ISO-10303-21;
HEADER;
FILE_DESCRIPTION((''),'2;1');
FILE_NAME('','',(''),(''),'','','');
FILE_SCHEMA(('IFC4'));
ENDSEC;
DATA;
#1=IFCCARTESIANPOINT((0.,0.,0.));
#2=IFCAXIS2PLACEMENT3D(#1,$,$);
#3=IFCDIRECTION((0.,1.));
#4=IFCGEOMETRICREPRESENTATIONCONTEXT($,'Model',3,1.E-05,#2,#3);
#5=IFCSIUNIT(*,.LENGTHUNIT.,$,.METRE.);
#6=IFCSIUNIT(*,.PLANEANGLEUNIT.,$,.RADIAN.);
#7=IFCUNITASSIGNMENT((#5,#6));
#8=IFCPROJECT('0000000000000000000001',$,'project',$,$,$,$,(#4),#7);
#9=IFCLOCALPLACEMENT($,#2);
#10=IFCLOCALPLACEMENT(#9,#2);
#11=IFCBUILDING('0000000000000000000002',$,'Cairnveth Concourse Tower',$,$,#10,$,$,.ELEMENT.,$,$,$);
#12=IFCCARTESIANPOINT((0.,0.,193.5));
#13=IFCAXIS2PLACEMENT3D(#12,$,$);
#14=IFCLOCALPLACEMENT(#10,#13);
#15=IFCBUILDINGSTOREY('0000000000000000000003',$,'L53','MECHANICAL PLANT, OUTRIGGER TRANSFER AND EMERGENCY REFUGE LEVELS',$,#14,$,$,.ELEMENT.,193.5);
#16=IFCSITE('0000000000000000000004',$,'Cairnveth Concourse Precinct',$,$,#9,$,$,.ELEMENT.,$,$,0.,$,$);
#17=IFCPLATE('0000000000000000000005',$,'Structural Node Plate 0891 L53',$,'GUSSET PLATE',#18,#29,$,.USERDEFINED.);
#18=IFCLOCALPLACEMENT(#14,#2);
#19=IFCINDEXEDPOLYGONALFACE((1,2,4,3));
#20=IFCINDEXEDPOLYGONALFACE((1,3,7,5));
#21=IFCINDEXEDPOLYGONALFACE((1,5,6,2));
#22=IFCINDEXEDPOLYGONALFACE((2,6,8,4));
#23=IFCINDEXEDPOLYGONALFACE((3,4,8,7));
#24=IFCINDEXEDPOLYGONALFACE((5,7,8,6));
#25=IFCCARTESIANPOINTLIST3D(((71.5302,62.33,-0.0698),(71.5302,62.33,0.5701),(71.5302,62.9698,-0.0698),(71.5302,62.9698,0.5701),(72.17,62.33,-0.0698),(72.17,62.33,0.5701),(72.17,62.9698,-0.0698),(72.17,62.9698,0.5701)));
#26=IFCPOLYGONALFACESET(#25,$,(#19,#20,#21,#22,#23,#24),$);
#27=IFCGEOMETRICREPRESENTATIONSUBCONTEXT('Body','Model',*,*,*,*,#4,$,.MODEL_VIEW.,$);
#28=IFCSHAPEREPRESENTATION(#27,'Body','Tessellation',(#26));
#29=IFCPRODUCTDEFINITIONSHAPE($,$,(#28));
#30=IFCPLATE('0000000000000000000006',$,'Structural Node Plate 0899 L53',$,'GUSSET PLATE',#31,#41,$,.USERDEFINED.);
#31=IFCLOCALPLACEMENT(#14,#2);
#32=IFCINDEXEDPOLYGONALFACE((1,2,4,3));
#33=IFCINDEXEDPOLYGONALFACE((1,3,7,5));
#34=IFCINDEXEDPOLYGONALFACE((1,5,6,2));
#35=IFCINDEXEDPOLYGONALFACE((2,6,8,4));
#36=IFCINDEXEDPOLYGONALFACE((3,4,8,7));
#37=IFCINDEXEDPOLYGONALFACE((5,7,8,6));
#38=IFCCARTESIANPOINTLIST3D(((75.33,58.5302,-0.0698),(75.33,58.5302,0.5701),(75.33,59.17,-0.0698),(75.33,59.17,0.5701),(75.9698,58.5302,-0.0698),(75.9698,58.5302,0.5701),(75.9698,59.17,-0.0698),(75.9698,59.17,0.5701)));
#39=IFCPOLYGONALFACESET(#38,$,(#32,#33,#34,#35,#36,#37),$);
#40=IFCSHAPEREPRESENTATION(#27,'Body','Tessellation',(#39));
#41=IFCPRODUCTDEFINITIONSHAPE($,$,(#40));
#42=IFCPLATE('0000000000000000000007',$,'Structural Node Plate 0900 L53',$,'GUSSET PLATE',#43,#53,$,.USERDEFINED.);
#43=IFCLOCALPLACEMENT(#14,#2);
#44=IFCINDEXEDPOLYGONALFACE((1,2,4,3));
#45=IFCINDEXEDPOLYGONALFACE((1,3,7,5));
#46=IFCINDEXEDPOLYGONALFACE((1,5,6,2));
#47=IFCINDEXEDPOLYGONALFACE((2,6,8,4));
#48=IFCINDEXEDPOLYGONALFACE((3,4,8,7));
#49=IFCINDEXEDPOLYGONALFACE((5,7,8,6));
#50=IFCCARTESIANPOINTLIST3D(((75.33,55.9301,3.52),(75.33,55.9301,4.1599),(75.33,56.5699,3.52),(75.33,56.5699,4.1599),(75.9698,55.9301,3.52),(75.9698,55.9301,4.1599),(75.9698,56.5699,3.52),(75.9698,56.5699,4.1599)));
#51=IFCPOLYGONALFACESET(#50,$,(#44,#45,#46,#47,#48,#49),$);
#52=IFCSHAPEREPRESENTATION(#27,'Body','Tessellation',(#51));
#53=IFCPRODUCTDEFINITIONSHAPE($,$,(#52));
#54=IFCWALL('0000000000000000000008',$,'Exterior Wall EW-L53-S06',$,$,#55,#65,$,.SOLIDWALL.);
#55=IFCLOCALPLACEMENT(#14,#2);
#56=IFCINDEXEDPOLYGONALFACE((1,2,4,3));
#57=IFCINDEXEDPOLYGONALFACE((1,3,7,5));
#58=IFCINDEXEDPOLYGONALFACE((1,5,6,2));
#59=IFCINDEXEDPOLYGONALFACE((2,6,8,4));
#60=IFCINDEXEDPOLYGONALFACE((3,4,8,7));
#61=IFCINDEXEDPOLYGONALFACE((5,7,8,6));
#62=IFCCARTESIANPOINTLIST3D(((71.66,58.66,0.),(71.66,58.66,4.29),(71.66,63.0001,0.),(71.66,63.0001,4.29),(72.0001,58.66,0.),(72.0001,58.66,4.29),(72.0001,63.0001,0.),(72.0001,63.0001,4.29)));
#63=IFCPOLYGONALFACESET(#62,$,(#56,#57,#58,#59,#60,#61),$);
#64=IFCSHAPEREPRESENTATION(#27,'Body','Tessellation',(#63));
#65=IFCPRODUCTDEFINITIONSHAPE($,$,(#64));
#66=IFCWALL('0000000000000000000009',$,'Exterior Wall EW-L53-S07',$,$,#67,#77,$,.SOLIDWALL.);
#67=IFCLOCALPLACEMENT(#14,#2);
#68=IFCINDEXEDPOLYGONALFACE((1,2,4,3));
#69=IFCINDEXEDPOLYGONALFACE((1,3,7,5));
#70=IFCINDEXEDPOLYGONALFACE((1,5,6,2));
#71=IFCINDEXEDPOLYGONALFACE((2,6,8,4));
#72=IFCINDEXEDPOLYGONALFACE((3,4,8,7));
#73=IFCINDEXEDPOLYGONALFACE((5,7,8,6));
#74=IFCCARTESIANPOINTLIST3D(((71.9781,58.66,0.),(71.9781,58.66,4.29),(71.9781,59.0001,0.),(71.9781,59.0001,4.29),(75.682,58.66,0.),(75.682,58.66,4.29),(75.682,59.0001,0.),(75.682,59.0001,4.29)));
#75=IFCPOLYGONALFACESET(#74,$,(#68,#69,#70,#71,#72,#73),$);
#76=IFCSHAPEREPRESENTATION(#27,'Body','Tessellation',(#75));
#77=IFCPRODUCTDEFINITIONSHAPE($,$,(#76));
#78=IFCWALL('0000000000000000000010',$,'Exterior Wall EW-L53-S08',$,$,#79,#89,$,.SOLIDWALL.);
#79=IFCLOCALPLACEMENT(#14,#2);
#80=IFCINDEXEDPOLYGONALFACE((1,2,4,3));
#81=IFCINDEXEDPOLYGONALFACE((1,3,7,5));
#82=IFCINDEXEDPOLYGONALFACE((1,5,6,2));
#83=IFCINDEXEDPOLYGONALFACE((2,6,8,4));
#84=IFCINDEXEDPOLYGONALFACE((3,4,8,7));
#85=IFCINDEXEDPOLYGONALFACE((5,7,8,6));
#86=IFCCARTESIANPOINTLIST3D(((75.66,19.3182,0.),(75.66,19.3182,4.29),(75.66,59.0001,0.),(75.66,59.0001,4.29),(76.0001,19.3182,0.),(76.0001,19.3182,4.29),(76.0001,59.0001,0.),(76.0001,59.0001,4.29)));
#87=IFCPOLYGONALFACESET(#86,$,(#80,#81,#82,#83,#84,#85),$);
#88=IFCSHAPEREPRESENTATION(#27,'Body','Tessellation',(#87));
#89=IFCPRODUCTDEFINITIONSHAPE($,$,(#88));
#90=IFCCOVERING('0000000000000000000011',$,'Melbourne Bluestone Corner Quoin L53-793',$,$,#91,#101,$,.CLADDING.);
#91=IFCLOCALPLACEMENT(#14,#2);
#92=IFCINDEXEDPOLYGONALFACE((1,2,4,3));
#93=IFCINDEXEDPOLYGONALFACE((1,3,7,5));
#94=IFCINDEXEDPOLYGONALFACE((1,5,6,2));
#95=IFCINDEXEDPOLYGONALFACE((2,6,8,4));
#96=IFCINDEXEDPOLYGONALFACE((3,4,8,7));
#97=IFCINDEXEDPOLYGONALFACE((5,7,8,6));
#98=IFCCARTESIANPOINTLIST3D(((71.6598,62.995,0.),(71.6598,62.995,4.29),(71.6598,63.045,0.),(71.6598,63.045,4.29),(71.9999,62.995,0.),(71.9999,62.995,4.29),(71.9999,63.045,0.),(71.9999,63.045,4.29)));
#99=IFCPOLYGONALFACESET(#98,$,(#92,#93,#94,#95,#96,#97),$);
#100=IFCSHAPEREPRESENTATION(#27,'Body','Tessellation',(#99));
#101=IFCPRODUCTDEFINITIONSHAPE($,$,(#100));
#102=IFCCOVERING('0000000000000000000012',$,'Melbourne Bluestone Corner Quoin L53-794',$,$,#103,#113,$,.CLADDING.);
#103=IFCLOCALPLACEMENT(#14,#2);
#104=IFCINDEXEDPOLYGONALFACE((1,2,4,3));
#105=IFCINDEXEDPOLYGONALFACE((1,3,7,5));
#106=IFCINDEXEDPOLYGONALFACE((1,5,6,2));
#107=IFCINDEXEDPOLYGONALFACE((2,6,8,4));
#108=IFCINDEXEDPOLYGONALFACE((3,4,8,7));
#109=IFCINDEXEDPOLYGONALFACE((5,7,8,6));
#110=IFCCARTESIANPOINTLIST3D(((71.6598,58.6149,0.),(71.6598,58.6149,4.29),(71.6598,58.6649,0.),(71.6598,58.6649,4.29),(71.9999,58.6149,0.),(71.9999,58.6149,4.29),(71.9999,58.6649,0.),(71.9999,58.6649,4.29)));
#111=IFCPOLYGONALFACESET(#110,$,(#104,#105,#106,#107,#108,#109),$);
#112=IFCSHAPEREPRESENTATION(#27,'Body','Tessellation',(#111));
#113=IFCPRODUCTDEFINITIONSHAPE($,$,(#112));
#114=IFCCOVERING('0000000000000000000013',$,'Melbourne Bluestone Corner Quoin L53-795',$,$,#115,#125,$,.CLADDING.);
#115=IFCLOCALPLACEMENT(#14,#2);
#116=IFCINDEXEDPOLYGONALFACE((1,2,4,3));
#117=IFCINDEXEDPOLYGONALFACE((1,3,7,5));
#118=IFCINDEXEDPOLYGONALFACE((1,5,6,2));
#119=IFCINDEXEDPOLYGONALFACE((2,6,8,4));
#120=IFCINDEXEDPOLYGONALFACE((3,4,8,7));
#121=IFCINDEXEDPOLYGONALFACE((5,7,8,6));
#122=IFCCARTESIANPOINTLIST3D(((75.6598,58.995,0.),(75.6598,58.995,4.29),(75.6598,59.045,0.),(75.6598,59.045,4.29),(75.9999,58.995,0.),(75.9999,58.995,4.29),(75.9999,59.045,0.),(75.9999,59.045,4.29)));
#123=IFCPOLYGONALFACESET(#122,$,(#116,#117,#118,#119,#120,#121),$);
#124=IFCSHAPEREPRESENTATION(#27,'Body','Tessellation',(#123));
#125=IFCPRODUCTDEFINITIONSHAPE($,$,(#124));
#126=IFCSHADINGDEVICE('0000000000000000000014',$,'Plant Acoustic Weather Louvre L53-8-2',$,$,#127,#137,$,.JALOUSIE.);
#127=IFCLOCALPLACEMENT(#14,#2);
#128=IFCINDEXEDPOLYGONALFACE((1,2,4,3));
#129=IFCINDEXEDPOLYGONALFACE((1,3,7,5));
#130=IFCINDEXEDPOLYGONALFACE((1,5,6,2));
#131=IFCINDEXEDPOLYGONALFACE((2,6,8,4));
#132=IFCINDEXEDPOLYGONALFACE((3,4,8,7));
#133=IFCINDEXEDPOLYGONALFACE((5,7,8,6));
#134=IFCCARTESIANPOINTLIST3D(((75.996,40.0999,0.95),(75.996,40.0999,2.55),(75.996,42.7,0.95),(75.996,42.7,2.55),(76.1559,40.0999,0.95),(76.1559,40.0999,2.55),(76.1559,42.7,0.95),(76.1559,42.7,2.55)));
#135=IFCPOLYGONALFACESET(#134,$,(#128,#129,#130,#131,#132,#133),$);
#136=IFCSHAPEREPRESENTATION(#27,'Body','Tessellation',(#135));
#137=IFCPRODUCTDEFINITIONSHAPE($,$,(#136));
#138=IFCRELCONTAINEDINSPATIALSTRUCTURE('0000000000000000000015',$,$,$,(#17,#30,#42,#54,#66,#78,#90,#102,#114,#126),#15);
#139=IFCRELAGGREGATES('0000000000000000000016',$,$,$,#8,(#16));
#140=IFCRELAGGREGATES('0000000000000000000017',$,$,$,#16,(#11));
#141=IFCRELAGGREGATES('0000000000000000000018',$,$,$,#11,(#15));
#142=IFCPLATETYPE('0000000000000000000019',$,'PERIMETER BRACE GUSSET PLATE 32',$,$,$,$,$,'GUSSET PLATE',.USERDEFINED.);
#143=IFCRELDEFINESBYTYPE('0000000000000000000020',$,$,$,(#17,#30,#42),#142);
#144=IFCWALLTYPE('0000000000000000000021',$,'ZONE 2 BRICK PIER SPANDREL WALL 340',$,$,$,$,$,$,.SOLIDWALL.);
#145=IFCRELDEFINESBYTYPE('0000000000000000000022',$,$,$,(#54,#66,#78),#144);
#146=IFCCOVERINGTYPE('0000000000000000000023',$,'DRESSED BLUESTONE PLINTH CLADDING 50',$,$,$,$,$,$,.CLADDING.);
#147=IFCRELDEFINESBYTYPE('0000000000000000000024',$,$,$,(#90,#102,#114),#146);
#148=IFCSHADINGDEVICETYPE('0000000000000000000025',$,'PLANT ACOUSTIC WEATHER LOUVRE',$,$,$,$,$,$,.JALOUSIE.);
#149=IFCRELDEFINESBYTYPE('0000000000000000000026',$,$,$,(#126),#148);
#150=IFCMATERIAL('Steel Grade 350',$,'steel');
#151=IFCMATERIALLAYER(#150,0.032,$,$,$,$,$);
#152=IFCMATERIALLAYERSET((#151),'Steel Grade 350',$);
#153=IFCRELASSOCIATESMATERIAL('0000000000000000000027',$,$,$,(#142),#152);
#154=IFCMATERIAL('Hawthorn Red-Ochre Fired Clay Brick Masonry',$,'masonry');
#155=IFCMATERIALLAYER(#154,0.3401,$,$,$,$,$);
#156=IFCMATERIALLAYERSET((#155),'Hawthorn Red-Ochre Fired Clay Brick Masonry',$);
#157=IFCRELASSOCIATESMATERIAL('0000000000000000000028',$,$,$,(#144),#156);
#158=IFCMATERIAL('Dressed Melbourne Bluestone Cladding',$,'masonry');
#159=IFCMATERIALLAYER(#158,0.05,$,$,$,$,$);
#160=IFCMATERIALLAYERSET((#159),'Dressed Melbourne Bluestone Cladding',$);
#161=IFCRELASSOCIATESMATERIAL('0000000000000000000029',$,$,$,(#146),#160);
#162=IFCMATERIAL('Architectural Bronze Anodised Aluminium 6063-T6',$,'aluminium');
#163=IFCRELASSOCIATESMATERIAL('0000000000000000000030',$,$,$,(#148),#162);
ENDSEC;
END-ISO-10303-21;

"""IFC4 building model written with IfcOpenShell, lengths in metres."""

from ifc_helpers import new_model, si_unit, direction, frame, frame_2d, origin, origin_2d, place, context, subcontext, project, spatial, rectangle, extrude, material, layer, layer_set, type_object, element, save


model = new_model("IFC4")

# Units and contexts
model_context = context("Model", 3, precision=1e-05, world=origin(), true_north=direction((0.0, 1.0)))
body_context = subcontext(model_context, "Body", "Model", "MODEL_VIEW")
ifc_project = project(units=[si_unit("LENGTHUNIT", "METRE"), si_unit("PLANEANGLEUNIT", "RADIAN")], contexts=[model_context])

# Site, building, storey
site_placement = place(None, origin())
site = spatial("IfcSite", under=ifc_project, at=site_placement, Name="Cairnveth Concourse Precinct", CompositionType="ELEMENT", RefElevation=0.0)
building_placement = place(site_placement, origin())
building = spatial("IfcBuilding", under=site, at=building_placement, Name="Cairnveth Concourse Tower", CompositionType="ELEMENT")
storey_placement = place(building_placement, frame((0.0, 0.0, 193.5)))
storey = spatial("IfcBuildingStorey", under=building, at=storey_placement, Name="L53", Description="MECHANICAL PLANT, OUTRIGGER TRANSFER AND EMERGENCY REFUGE LEVELS", CompositionType="ELEMENT", Elevation=193.5)

# Shared definitions
ifc_material_1 = material(Name="Steel Grade 350", Category="steel")

# Plates
ifc_layer_1 = layer(ifc_material_1, 0.032)
ifc_layer_set_1 = layer_set([ifc_layer_1], Name="Steel Grade 350")
plate_type_1 = type_object("IfcPlateType", Name="PERIMETER BRACE GUSSET PLATE 32", ElementType="GUSSET PLATE", PredefinedType="USERDEFINED", material=ifc_layer_set_1)
for number, where, z_axis, x_axis, name in (
    (1, (71.8501, 62.6499, -0.0698), (0.0, 0.0, 1.0), (1.0, 0.0, 0.0), "Structural Node Plate 0891 L53"),
    (2, (75.6499, 58.8501, -0.0698), (0.0, 0.0, 1.0), (1.0, 0.0, 0.0), "Structural Node Plate 0899 L53"),
    (3, (75.6499, 56.25, 3.52), (0.0, 0.0, 1.0), (1.0, 0.0, 0.0), "Structural Node Plate 0900 L53"),
):
    element("IfcPlate", number, at=place(storey_placement, frame(where, z_axis=z_axis, x_axis=x_axis)), inside=storey, type_object=plate_type_1, Name=name, ObjectType="GUSSET PLATE", PredefinedType="USERDEFINED", context=body_context, shape_type="SweptSolid", body=[
        extrude(rectangle(XDim=0.6399, YDim=0.6399, at=origin_2d()), origin(), (0.0, 0.0, 1.0), 0.6399),
    ])

# Walls
ifc_material_2 = material(Name="Hawthorn Red-Ochre Fired Clay Brick Masonry", Category="masonry")
ifc_layer_2 = layer(ifc_material_2, 0.3401)
ifc_layer_set_2 = layer_set([ifc_layer_2], Name="Hawthorn Red-Ochre Fired Clay Brick Masonry")
wall_type = type_object("IfcWallType", Name="ZONE 2 BRICK PIER SPANDREL WALL 340", PredefinedType="SOLIDWALL", material=ifc_layer_set_2)
wall_1_placement = place(storey_placement, frame((71.8301, 63.0, 0.0), z_axis=(0.0, 0.0, 1.0), x_axis=(0.0, -1.0, 0.0)))
element("IfcWall", 4, at=wall_1_placement, inside=storey, type_object=wall_type, Name="Exterior Wall EW-L53-S06", PredefinedType="SOLIDWALL", context=body_context, shape_type="SweptSolid", body=[
    extrude(rectangle(XDim=4.3401, YDim=0.3401, at=frame_2d((2.1699, 0.0))), origin(), (0.0, 0.0, 1.0), 4.29),
])
wall_2_placement = place(storey_placement, frame((71.978, 58.8301, 0.0), z_axis=(0.0, 0.0, 1.0), x_axis=(1.0, 0.0, 0.0)))
element("IfcWall", 5, at=wall_2_placement, inside=storey, type_object=wall_type, Name="Exterior Wall EW-L53-S07", PredefinedType="SOLIDWALL", context=body_context, shape_type="SweptSolid", body=[
    extrude(rectangle(XDim=3.7039, YDim=0.3401, at=frame_2d((1.8521, 0.0))), origin(), (0.0, 0.0, 1.0), 4.29),
])
wall_3_placement = place(storey_placement, frame((75.8301, 59.0, 0.0), z_axis=(0.0, 0.0, 1.0), x_axis=(0.0, -1.0, 0.0)))
element("IfcWall", 6, at=wall_3_placement, inside=storey, type_object=wall_type, Name="Exterior Wall EW-L53-S08", PredefinedType="SOLIDWALL", context=body_context, shape_type="SweptSolid", body=[
    extrude(rectangle(XDim=39.6819, YDim=0.3401, at=frame_2d((19.8408, 0.0))), origin(), (0.0, 0.0, 1.0), 4.29),
])

# Coverings
ifc_material_3 = material(Name="Dressed Melbourne Bluestone Cladding", Category="masonry")
ifc_layer_3 = layer(ifc_material_3, 0.05)
ifc_layer_set_3 = layer_set([ifc_layer_3], Name="Dressed Melbourne Bluestone Cladding")
covering_type = type_object("IfcCoveringType", Name="DRESSED BLUESTONE PLINTH CLADDING 50", PredefinedType="CLADDING", material=ifc_layer_set_3)
for number, where, z_axis, x_axis, name in (
    (7, (71.6599, 63.02, 0.0), (0.0, 0.0, 1.0), (1.0, 0.0, 0.0), "Melbourne Bluestone Corner Quoin L53-793"),
    (8, (71.6599, 58.6399, 0.0), (0.0, 0.0, 1.0), (1.0, 0.0, 0.0), "Melbourne Bluestone Corner Quoin L53-794"),
    (9, (75.6599, 59.02, 0.0), (0.0, 0.0, 1.0), (1.0, 0.0, 0.0), "Melbourne Bluestone Corner Quoin L53-795"),
):
    element("IfcCovering", number, at=place(storey_placement, frame(where, z_axis=z_axis, x_axis=x_axis)), inside=storey, type_object=covering_type, Name=name, PredefinedType="CLADDING", context=body_context, shape_type="SweptSolid", body=[
        extrude(rectangle(XDim=0.3401, YDim=0.05, at=frame_2d((0.1699, 0.0))), origin(), (0.0, 0.0, 1.0), 4.29),
    ])

# Shading device
ifc_material_4 = material(Name="Architectural Bronze Anodised Aluminium 6063-T6", Category="aluminium")
shading_device_type = type_object("IfcShadingDeviceType", Name="PLANT ACOUSTIC WEATHER LOUVRE", PredefinedType="JALOUSIE", material=ifc_material_4)
shading_device_placement = place(storey_placement, frame((76.0759, 41.3999, 0.95), z_axis=(0.0, 0.0, 1.0), x_axis=(1.0, 0.0, 0.0)))
element("IfcShadingDevice", 10, at=shading_device_placement, inside=storey, type_object=shading_device_type, Name="Plant Acoustic Weather Louvre L53-8-2", PredefinedType="JALOUSIE", context=body_context, shape_type="SweptSolid", body=[
    extrude(rectangle(XDim=0.1599, YDim=2.6001, at=origin_2d()), origin(), (0.0, 0.0, 1.0), 1.6001),
])

save(model, "model.ifc")
